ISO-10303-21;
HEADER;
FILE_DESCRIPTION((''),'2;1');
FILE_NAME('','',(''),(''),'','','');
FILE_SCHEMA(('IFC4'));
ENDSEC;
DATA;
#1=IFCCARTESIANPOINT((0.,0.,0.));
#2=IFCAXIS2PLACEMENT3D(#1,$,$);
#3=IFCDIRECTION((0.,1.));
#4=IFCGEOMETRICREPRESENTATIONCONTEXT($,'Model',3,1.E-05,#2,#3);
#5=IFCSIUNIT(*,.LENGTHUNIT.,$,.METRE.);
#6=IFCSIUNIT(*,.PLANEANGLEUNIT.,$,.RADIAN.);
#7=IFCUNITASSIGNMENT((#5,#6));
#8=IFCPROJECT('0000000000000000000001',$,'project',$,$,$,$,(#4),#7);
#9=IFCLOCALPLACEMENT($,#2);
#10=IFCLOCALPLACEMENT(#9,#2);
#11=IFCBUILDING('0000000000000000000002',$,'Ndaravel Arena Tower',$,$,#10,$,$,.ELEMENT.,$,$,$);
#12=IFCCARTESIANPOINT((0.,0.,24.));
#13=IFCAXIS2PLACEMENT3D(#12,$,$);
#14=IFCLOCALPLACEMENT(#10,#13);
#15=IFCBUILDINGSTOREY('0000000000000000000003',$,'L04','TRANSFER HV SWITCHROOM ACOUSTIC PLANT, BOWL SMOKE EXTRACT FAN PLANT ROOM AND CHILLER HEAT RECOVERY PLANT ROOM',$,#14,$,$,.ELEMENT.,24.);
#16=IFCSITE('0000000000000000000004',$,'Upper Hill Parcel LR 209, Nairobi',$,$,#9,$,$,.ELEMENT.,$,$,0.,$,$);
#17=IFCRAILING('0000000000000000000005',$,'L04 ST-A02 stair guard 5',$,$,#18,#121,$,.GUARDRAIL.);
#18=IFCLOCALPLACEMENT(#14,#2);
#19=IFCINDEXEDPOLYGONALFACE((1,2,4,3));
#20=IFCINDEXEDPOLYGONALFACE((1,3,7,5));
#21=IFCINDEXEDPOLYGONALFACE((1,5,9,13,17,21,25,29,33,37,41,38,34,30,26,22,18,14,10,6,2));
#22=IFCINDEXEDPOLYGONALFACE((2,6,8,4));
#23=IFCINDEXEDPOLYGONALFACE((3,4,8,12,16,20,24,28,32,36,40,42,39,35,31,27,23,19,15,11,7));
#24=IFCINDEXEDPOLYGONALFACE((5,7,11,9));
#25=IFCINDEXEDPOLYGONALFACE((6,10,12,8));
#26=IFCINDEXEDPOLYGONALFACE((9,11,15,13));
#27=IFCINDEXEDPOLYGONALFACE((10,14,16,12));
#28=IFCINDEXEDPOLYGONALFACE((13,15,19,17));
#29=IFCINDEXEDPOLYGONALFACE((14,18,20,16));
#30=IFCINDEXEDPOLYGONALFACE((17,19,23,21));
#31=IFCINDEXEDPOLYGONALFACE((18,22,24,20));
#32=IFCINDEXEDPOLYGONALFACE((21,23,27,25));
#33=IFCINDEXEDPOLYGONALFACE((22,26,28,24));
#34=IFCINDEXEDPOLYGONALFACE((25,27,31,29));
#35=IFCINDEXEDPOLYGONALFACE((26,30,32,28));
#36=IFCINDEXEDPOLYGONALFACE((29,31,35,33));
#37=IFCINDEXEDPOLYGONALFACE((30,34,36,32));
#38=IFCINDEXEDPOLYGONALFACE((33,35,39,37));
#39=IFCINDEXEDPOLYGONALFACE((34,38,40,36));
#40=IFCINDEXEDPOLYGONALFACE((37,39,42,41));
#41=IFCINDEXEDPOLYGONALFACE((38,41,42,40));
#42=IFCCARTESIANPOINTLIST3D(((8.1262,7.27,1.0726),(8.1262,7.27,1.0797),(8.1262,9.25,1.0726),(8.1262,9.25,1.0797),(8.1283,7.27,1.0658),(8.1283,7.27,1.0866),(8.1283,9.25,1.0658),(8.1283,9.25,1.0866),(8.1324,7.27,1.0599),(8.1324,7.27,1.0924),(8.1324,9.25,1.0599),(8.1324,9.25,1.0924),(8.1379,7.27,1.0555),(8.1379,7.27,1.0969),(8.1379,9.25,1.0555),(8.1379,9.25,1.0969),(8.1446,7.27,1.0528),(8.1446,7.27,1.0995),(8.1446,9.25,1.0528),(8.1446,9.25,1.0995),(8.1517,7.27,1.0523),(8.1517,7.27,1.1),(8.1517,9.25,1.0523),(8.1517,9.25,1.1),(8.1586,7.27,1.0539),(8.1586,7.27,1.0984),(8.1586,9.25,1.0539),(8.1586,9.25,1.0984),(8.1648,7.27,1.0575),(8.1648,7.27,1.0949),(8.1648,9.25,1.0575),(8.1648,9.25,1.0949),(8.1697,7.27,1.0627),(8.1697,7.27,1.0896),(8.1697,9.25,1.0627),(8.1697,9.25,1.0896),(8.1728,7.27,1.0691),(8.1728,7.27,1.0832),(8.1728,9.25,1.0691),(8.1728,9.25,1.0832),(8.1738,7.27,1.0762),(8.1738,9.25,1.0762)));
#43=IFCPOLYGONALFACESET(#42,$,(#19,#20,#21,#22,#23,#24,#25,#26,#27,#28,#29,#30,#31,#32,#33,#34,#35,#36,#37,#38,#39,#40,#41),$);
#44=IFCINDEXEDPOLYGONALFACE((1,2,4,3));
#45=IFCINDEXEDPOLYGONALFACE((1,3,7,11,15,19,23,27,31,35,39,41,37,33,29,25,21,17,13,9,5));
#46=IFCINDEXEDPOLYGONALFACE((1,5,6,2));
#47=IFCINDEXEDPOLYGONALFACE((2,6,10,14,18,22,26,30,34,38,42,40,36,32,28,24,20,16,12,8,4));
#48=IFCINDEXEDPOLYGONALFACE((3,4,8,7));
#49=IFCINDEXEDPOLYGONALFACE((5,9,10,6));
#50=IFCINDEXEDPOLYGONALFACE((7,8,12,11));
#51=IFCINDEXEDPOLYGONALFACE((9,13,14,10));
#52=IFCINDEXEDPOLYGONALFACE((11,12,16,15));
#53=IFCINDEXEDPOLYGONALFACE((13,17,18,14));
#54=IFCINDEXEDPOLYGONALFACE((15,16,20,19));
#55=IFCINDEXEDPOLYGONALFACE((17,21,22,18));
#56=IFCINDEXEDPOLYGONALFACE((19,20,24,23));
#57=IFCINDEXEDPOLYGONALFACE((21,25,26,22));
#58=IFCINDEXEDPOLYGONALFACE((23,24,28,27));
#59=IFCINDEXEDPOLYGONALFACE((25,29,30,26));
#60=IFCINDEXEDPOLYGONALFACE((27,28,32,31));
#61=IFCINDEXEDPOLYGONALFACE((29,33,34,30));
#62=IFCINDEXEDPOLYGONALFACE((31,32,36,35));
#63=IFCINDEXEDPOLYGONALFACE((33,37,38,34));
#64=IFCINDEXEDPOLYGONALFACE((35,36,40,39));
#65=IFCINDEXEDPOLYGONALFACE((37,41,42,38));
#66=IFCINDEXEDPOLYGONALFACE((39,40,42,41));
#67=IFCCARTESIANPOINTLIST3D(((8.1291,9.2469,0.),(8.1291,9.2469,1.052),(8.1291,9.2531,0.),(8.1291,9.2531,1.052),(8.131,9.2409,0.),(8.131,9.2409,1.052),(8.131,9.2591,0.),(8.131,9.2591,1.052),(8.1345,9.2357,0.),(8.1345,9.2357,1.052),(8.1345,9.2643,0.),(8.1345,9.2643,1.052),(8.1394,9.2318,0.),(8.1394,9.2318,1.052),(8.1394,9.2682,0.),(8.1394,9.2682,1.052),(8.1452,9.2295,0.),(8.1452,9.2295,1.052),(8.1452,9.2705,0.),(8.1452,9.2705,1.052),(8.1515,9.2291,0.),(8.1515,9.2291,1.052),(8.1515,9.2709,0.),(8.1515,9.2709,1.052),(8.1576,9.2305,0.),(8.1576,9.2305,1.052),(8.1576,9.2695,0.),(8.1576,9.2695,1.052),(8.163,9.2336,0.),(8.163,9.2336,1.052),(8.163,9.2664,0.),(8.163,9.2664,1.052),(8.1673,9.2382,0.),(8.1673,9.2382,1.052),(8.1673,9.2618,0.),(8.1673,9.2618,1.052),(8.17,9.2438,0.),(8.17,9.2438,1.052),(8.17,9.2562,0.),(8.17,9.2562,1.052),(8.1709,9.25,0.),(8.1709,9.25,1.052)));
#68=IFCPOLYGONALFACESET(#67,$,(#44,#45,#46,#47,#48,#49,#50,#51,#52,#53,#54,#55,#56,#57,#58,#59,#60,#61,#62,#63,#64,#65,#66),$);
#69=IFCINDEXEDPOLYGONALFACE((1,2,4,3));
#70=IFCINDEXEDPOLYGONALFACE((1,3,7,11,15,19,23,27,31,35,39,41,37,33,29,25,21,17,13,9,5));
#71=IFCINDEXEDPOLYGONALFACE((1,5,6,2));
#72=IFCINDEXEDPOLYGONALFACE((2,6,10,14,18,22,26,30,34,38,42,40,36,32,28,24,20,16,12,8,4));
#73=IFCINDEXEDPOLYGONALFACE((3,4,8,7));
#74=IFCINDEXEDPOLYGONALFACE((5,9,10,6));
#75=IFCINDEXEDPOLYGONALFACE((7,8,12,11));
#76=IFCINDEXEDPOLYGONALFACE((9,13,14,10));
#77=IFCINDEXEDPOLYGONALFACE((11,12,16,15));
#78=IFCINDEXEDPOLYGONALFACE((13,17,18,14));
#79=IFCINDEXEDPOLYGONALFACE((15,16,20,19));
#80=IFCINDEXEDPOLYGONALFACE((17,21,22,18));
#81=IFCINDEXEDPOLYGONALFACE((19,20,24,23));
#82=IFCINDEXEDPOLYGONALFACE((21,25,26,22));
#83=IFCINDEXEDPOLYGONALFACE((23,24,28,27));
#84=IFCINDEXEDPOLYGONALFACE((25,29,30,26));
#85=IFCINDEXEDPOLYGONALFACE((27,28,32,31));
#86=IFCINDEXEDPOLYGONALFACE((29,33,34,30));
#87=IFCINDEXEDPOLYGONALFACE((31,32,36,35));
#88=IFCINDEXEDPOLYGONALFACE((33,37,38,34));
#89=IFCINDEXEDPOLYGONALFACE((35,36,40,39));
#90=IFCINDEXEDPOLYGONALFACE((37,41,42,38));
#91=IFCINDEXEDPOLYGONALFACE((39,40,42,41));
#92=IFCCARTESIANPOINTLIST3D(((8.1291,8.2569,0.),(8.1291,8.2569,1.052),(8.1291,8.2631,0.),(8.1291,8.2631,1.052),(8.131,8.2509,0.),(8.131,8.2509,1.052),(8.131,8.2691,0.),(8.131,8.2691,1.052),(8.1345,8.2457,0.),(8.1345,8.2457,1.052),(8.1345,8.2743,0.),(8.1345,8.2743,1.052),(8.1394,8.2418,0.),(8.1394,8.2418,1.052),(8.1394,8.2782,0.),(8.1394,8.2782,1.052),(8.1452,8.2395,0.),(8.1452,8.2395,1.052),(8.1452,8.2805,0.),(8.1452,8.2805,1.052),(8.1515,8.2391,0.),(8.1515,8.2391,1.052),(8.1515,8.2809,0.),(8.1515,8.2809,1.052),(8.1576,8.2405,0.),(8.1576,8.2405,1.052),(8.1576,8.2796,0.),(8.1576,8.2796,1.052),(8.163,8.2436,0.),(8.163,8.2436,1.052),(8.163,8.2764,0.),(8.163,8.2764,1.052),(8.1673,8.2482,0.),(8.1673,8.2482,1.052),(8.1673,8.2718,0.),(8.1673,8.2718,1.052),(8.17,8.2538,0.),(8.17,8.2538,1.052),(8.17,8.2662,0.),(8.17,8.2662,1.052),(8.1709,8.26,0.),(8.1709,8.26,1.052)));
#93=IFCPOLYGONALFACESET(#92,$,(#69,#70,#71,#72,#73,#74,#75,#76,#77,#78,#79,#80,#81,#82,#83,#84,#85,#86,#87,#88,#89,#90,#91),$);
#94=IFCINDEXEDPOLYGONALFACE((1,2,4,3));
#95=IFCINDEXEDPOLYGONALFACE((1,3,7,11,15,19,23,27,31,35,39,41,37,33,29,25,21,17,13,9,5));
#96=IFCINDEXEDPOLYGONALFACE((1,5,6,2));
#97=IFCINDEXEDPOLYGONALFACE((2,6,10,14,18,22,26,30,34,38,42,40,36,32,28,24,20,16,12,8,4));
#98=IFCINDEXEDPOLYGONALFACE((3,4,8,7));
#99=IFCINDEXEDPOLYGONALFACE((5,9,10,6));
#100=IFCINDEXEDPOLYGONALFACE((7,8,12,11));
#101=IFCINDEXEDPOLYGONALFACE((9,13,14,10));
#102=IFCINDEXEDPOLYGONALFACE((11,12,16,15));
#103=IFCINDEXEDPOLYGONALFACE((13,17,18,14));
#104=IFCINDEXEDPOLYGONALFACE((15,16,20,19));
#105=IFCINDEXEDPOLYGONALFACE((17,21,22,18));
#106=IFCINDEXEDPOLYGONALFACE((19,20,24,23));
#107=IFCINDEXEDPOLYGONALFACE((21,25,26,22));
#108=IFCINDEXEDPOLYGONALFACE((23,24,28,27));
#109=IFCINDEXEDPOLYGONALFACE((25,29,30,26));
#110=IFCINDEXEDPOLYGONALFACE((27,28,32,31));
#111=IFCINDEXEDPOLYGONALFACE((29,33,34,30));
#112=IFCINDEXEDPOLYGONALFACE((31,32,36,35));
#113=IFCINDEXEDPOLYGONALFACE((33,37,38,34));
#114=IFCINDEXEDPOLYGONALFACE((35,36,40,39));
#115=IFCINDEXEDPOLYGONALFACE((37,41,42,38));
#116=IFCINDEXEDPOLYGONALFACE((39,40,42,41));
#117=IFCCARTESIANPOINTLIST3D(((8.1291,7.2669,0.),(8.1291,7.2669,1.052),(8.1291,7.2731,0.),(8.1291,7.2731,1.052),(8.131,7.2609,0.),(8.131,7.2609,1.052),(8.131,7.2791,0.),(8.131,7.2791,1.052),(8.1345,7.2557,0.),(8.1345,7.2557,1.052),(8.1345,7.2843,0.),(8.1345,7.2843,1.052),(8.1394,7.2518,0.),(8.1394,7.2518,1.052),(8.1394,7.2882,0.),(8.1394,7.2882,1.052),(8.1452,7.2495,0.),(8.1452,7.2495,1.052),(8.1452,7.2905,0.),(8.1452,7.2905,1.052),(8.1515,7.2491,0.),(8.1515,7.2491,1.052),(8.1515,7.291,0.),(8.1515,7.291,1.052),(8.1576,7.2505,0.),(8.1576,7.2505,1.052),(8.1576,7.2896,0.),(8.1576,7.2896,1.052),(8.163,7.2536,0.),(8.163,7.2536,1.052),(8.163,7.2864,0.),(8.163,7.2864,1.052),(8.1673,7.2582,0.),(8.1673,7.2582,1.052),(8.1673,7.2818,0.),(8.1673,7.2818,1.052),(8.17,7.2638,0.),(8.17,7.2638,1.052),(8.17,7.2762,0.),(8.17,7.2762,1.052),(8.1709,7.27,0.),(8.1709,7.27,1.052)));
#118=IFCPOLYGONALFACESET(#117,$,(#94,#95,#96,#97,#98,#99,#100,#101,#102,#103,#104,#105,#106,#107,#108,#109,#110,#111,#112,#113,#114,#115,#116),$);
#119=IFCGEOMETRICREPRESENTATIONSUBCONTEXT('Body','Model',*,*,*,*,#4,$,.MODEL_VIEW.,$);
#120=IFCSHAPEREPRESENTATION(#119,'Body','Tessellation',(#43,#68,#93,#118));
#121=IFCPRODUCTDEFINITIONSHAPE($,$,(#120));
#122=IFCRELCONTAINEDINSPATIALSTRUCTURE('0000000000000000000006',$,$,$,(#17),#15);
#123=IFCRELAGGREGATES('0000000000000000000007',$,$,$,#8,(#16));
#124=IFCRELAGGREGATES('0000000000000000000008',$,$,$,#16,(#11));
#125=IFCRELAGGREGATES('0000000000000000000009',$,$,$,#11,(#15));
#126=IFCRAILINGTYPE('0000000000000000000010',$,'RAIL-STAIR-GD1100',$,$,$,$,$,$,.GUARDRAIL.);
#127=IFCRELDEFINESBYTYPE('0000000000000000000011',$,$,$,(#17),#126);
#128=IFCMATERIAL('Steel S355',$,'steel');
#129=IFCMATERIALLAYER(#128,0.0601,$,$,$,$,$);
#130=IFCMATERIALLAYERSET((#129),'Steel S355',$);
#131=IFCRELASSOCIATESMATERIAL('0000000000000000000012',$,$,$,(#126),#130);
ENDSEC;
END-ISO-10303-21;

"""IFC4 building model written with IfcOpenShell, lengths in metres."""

from ifc_helpers import new_model, si_unit, direction, frame, origin, origin_2d, place, context, subcontext, project, spatial, circle, extrude, material, layer, layer_set, type_object, element, save


model = new_model("IFC4")

# Units and contexts
model_context = context("Model", 3, precision=1e-05, world=origin(), true_north=direction((0.0, 1.0)))
body_context = subcontext(model_context, "Body", "Model", "MODEL_VIEW")
ifc_project = project(units=[si_unit("LENGTHUNIT", "METRE"), si_unit("PLANEANGLEUNIT", "RADIAN")], contexts=[model_context])

# Site, building, storey
site_placement = place(None, origin())
site = spatial("IfcSite", under=ifc_project, at=site_placement, Name="Upper Hill Parcel LR 209, Nairobi", CompositionType="ELEMENT", RefElevation=0.0)
building_placement = place(site_placement, origin())
building = spatial("IfcBuilding", under=site, at=building_placement, Name="Ndaravel Arena Tower", CompositionType="ELEMENT")
storey_placement = place(building_placement, frame((0.0, 0.0, 24.0)))
storey = spatial("IfcBuildingStorey", under=building, at=storey_placement, Name="L04", Description="TRANSFER HV SWITCHROOM ACOUSTIC PLANT, BOWL SMOKE EXTRACT FAN PLANT ROOM AND CHILLER HEAT RECOVERY PLANT ROOM", CompositionType="ELEMENT", Elevation=24.0)

# Railing
ifc_material_1 = material(Name="Steel S355", Category="steel")
ifc_layer_1 = layer(ifc_material_1, 0.0601)
ifc_layer_set_1 = layer_set([ifc_layer_1], Name="Steel S355")
railing_type = type_object("IfcRailingType", Name="RAIL-STAIR-GD1100", PredefinedType="GUARDRAIL", material=ifc_layer_set_1)
for number, where, name in (
    (1, (8.1499, 9.25, 0.0), "L04 ST-A02 stair guard 5"),
):
    element("IfcRailing", number, at=place(storey_placement, frame(where)), inside=storey, type_object=railing_type, Name=name, PredefinedType="GUARDRAIL", context=body_context, shape_type="SweptSolid", body=[
        extrude(circle(Radius=0.0239, at=origin_2d()), frame((0.0, 0.0, 1.0762), z_axis=(0.0, -1.0, 0.0), x_axis=(1.0, 0.0, 0.0)), (0.0, 0.0, 1.0), 1.98),
        extrude(circle(Radius=0.021, at=origin_2d()), origin(), (0.0, 0.0, 1.0), 1.052),
        extrude(circle(Radius=0.021, at=origin_2d()), frame((0.0, -0.99, 0.0)), (0.0, 0.0, 1.0), 1.052),
        extrude(circle(Radius=0.021, at=origin_2d()), frame((0.0, -1.98, 0.0)), (0.0, 0.0, 1.0), 1.052),
    ])

save(model, "model.ifc")
